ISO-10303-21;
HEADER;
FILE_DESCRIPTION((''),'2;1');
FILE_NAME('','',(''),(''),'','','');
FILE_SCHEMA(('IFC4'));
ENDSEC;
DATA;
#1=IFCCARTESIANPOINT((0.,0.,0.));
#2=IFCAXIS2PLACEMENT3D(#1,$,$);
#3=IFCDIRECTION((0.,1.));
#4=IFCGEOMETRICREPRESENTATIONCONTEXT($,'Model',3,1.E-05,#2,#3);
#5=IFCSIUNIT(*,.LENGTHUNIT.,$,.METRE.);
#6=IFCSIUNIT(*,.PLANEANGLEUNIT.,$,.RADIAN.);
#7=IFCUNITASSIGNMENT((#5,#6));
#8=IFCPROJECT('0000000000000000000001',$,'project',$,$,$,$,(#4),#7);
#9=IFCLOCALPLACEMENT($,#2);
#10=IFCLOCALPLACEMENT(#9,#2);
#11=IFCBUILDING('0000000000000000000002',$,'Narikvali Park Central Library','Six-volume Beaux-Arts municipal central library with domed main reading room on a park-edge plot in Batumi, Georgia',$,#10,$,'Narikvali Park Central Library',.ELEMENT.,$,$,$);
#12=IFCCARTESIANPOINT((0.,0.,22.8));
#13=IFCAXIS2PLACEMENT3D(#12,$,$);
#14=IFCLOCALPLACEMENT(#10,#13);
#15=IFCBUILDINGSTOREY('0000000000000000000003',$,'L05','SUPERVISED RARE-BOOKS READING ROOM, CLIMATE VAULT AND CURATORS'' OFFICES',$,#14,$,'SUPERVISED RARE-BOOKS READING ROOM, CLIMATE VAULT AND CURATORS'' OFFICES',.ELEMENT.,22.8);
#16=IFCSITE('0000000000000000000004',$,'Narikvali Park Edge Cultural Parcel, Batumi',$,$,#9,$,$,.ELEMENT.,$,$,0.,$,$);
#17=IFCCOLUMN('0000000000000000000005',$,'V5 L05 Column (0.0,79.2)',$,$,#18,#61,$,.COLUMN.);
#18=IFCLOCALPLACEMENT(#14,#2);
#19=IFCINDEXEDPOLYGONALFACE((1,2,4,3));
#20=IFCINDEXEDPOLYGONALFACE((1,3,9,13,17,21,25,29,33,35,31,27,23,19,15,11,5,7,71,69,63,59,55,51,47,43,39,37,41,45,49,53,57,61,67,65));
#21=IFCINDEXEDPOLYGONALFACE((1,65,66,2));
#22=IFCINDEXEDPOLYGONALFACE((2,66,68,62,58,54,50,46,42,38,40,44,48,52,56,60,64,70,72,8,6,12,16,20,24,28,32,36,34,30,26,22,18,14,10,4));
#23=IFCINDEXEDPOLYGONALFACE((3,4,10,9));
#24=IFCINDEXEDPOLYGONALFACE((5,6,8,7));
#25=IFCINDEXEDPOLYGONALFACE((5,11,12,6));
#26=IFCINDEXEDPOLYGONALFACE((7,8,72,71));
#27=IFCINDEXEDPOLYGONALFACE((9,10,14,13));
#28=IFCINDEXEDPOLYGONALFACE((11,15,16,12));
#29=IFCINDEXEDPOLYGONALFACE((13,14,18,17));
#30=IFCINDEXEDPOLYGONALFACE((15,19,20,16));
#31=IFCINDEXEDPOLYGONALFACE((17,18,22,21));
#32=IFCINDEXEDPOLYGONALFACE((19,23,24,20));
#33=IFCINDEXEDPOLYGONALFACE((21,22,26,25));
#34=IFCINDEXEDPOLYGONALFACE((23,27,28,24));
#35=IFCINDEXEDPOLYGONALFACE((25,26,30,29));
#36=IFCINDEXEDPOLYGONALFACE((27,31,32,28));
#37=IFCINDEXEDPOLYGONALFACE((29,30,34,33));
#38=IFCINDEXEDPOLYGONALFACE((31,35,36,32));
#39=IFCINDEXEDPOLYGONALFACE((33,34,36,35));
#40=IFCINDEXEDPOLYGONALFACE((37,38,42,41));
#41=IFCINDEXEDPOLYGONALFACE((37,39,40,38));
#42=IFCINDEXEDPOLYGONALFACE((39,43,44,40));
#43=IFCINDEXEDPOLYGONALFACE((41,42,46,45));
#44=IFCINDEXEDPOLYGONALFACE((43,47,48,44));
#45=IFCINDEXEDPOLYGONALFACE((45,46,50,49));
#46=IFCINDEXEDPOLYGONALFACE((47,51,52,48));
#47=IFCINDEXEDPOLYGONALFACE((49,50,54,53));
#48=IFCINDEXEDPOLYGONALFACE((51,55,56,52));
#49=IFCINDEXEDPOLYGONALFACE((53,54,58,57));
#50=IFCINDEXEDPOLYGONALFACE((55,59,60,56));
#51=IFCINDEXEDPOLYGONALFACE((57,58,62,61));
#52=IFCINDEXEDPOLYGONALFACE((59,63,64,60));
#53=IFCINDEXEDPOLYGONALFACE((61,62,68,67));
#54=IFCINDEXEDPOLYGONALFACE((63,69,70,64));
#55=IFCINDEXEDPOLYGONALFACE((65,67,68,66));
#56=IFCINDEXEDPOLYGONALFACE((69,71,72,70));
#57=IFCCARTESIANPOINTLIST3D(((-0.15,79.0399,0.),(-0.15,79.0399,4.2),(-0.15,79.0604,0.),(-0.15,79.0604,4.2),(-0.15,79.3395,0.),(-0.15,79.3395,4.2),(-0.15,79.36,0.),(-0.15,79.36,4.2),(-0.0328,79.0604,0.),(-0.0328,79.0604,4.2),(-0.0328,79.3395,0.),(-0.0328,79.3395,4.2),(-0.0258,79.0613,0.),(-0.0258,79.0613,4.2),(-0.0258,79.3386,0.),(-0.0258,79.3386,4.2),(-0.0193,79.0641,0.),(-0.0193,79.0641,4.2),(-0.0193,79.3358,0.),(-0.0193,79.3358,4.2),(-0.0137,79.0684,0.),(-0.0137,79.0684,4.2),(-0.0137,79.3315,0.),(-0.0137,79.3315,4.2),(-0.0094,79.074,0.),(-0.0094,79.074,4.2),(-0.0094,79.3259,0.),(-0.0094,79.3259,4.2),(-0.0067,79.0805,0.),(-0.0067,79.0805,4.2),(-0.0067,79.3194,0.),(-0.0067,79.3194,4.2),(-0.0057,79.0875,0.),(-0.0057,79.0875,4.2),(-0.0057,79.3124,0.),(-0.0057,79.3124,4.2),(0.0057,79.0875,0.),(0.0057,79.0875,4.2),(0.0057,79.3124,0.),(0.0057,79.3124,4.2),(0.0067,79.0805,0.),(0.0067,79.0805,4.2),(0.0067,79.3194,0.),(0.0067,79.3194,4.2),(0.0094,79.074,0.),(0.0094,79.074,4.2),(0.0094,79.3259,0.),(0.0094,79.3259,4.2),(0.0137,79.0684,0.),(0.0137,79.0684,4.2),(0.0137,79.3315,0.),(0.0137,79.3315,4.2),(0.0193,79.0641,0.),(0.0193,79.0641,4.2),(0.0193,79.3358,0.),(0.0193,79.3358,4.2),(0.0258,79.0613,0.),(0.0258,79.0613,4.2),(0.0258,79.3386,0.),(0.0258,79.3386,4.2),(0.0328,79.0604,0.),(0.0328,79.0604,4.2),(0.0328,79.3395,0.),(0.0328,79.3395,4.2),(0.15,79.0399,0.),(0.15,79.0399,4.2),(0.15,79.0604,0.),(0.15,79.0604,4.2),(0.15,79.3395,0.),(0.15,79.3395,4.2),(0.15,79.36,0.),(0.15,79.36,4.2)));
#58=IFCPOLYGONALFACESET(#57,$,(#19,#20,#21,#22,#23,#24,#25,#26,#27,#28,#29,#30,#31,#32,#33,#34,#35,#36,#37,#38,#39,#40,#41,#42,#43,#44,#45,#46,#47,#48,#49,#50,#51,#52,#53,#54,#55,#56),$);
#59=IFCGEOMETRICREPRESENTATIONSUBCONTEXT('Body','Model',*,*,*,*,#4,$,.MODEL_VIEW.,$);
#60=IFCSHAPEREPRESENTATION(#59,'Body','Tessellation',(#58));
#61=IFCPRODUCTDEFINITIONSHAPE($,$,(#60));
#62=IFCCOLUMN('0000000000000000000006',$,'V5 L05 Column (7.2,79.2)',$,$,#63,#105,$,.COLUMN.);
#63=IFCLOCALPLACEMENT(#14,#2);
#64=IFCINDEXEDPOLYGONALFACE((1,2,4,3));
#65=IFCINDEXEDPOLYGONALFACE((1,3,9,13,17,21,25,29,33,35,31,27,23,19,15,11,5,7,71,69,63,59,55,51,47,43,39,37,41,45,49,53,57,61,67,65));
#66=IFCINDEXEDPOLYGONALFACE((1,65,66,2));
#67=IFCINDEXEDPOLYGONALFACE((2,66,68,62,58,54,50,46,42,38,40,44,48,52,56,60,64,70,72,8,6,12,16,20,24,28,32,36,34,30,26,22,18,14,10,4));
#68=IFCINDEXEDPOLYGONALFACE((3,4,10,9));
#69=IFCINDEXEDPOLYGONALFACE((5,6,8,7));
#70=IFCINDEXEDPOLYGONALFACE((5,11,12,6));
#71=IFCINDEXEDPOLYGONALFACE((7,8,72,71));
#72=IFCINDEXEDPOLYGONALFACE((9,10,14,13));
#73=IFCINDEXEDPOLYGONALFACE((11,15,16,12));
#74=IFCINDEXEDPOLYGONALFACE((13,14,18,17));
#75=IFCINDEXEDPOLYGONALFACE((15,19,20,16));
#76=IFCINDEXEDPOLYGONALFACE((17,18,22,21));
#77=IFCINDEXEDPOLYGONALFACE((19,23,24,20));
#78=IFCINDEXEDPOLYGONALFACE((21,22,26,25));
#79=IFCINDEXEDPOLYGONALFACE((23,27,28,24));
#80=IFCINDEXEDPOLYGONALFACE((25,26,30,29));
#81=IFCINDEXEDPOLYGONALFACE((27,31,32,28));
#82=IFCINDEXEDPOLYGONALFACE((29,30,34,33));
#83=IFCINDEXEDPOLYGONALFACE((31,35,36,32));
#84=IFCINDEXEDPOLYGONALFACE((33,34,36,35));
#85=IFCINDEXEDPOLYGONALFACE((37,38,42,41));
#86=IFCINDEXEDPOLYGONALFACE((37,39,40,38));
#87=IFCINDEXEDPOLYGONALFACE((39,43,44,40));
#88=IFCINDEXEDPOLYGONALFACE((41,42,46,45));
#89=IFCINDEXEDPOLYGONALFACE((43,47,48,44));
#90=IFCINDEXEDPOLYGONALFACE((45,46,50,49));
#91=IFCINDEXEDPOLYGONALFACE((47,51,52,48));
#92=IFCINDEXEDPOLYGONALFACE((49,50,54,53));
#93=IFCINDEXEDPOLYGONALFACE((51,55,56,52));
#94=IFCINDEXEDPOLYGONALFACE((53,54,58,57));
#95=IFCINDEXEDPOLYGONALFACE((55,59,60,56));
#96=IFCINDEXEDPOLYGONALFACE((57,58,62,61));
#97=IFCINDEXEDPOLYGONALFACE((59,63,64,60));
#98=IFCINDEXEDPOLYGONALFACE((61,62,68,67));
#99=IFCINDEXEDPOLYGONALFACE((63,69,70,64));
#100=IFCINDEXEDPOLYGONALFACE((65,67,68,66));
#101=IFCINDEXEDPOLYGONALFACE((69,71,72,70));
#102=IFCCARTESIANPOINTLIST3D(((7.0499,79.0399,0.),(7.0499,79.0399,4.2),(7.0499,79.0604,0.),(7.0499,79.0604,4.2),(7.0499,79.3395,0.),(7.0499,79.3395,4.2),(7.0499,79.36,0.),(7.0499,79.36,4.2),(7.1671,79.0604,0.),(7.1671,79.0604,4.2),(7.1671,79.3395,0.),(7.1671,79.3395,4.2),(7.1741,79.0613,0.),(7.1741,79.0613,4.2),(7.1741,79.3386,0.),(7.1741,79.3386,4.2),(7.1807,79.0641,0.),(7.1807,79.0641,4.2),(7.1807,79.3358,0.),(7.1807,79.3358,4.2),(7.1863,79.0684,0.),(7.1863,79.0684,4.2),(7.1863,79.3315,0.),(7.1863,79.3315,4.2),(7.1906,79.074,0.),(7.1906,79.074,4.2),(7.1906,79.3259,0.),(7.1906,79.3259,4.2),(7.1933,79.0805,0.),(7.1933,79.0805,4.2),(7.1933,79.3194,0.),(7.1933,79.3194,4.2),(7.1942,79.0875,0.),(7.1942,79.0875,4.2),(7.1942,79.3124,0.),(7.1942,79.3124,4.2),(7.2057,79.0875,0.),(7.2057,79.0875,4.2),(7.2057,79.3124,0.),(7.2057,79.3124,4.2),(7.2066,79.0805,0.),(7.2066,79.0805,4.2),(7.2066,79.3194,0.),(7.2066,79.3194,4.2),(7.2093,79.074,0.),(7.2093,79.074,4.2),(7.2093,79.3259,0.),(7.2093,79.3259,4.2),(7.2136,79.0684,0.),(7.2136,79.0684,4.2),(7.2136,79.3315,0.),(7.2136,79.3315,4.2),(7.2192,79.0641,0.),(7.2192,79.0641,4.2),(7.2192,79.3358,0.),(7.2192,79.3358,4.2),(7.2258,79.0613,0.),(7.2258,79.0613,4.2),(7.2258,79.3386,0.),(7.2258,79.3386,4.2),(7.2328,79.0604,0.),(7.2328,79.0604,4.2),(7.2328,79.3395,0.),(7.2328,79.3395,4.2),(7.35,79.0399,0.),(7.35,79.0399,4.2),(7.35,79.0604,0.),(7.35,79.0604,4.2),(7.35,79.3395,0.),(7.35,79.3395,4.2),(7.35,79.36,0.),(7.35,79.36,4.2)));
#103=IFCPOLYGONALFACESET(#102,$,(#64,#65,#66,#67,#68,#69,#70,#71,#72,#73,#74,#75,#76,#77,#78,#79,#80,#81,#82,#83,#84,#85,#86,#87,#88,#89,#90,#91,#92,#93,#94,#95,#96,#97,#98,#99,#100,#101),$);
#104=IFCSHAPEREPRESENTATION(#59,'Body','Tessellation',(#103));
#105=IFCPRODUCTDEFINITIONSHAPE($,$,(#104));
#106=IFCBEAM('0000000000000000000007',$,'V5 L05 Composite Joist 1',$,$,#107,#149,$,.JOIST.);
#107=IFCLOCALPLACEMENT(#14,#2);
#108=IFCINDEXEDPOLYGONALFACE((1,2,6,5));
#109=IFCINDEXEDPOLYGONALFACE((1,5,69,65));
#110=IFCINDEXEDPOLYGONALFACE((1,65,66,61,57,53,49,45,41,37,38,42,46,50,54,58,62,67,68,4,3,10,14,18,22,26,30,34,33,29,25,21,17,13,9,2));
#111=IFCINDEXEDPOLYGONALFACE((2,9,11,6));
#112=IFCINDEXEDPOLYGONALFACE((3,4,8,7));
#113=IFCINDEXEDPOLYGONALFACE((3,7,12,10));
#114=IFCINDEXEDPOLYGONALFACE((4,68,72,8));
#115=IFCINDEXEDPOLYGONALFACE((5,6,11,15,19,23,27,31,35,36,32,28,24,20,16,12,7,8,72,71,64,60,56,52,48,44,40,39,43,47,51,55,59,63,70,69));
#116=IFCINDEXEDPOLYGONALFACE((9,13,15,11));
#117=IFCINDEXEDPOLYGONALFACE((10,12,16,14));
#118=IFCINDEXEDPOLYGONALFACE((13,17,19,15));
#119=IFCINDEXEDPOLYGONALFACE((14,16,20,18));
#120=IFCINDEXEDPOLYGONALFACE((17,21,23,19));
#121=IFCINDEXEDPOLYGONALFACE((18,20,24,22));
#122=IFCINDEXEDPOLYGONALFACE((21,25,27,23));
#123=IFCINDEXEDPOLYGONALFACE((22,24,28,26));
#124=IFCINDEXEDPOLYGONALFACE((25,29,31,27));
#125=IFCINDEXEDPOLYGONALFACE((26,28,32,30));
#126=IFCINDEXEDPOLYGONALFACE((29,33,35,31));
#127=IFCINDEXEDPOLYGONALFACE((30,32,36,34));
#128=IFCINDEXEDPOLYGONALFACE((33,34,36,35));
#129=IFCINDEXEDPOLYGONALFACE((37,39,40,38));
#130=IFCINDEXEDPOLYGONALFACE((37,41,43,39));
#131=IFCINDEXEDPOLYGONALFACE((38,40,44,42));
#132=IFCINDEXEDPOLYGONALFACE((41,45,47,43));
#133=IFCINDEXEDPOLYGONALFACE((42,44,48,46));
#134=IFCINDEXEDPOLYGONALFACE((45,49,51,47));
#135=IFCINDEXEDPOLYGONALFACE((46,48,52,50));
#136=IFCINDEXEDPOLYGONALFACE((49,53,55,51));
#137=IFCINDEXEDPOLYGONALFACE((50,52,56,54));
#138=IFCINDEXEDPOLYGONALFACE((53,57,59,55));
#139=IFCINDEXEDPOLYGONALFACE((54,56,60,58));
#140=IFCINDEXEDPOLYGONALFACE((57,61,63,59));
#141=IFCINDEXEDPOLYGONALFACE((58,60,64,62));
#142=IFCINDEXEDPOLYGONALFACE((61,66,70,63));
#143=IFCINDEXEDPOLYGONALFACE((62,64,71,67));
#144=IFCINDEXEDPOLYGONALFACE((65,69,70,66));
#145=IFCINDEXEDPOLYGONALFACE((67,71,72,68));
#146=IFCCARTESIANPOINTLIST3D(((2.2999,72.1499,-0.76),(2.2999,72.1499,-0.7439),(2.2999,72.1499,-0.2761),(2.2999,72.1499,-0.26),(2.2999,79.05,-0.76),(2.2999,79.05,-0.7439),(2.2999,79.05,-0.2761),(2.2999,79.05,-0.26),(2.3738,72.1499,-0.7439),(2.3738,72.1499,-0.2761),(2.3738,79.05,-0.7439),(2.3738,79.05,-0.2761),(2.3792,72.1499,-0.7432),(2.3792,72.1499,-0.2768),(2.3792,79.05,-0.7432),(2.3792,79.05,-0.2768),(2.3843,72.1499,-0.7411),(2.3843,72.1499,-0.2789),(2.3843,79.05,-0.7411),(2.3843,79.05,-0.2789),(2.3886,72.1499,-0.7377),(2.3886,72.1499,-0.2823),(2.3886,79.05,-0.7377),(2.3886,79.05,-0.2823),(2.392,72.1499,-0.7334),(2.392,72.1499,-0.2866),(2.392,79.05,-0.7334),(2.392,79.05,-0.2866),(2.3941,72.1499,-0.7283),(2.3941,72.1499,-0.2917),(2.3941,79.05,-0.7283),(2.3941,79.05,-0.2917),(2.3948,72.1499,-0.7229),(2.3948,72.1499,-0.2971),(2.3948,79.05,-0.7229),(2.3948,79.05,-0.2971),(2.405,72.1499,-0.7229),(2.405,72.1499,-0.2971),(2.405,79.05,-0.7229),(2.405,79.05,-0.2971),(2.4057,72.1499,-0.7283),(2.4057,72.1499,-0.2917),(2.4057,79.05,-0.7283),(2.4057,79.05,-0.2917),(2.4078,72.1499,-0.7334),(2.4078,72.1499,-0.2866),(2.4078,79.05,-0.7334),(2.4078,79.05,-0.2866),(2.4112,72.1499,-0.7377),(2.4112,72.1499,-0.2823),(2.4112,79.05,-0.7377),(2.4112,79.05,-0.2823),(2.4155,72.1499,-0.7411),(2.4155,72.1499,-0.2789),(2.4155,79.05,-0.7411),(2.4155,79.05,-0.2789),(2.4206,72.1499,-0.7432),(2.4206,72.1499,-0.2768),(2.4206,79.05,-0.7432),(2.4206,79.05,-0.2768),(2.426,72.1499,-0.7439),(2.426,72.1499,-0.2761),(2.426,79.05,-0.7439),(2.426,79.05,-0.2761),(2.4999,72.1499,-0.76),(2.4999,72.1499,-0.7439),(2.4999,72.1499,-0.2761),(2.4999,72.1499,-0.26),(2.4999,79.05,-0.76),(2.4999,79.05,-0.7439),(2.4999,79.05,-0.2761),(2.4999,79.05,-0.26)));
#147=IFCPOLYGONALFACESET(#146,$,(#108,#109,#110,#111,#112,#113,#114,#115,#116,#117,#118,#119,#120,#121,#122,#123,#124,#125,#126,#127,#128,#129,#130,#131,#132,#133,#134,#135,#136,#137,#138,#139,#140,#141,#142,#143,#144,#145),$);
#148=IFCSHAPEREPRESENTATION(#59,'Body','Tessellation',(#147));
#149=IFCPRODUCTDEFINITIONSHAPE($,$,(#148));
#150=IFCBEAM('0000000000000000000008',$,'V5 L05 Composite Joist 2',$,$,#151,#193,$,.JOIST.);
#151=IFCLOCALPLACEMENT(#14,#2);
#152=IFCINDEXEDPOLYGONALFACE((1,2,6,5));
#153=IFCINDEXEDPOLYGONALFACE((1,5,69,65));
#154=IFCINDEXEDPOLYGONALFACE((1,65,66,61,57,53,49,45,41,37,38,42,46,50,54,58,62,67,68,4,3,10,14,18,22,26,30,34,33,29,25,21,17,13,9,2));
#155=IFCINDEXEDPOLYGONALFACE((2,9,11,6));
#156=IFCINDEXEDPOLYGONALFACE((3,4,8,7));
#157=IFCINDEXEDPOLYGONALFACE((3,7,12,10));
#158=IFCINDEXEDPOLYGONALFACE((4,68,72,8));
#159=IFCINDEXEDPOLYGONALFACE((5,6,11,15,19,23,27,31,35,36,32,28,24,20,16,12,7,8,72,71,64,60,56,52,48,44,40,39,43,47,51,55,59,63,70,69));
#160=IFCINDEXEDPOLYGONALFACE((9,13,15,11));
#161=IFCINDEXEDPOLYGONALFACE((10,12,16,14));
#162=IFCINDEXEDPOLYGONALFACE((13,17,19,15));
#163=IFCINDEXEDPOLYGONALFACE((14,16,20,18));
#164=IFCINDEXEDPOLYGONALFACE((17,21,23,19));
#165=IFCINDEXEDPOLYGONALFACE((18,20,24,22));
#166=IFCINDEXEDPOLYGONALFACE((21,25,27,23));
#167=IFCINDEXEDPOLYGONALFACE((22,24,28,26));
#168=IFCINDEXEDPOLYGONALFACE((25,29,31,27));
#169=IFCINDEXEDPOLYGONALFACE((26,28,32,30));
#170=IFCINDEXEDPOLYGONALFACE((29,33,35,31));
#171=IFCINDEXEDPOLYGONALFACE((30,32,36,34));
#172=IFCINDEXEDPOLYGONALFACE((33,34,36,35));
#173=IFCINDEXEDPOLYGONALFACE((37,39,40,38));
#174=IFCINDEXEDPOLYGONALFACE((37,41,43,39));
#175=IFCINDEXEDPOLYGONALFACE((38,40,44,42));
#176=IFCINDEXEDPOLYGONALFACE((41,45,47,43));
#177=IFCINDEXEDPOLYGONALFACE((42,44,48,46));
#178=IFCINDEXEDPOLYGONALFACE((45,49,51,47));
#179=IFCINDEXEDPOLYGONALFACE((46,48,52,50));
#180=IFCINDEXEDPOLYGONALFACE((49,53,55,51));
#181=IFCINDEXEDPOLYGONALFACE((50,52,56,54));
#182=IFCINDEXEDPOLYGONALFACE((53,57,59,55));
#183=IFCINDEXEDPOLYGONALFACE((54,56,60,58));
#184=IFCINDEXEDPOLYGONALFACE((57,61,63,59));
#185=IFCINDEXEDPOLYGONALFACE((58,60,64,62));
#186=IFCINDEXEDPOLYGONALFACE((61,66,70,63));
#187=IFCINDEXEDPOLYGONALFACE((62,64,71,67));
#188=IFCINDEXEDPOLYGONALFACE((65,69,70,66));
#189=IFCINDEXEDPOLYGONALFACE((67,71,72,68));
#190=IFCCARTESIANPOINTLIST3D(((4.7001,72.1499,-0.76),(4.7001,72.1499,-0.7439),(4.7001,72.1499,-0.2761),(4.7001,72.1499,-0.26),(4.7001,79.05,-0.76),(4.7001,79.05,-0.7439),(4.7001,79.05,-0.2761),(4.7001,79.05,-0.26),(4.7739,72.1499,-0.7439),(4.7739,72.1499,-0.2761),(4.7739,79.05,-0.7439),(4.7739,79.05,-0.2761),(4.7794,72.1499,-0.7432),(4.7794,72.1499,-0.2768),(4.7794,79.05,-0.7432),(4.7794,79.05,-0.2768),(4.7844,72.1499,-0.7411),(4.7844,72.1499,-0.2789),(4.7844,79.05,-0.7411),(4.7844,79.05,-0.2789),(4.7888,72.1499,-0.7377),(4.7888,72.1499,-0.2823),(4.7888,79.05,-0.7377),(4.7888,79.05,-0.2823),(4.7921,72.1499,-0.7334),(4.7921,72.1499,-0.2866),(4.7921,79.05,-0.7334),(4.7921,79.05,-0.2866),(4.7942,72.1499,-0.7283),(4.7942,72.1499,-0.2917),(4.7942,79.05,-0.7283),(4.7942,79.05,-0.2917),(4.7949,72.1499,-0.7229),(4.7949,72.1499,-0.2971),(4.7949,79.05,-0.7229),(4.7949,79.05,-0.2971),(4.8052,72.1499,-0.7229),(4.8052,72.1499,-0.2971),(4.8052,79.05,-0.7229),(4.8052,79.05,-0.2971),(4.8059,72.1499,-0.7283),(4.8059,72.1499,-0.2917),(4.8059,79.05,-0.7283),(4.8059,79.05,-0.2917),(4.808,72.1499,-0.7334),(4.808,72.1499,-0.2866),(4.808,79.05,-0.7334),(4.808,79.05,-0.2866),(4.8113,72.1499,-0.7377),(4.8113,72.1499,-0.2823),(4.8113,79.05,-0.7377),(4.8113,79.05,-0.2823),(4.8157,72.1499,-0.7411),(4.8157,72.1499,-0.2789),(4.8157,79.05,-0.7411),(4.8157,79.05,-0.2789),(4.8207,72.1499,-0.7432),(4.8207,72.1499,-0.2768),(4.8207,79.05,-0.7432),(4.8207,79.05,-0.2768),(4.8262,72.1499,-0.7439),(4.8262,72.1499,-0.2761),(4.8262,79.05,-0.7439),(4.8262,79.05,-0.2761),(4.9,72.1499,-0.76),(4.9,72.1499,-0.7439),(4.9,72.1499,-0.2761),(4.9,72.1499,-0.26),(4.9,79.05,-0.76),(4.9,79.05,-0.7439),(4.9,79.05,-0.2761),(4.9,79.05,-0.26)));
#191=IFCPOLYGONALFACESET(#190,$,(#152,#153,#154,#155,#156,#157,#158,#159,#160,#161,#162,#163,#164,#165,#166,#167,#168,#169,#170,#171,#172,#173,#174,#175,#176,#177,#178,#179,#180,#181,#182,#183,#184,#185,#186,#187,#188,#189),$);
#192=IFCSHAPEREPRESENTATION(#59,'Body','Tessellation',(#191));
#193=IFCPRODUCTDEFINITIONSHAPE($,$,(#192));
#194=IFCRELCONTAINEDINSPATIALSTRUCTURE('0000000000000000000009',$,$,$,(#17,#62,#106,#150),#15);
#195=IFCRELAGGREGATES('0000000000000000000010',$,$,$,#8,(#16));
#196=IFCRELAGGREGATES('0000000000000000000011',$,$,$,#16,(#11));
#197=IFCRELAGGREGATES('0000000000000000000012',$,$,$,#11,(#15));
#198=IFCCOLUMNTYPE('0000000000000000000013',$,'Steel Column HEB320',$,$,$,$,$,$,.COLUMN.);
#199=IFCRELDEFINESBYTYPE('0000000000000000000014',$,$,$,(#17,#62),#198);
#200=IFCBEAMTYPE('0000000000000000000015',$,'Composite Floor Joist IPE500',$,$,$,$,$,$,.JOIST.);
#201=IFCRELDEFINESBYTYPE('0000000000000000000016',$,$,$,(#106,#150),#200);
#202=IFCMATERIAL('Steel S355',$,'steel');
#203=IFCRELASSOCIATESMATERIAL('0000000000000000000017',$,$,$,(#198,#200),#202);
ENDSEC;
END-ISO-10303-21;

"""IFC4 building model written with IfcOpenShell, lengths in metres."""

from ifc_helpers import new_model, si_unit, direction, frame, origin, origin_2d, place, context, subcontext, project, spatial, i_section, extrude, material, material_profile, profile_set, type_object, element, save


model = new_model("IFC4")

# Units and contexts
model_context = context("Model", 3, precision=1e-05, world=origin(), true_north=direction((0.0, 1.0)))
body_context = subcontext(model_context, "Body", "Model", "MODEL_VIEW")
ifc_project = project(units=[si_unit("LENGTHUNIT", "METRE"), si_unit("PLANEANGLEUNIT", "RADIAN")], contexts=[model_context])

# Site, building, storey
site_placement = place(None, origin())
site = spatial("IfcSite", under=ifc_project, at=site_placement, Name="Narikvali Park Edge Cultural Parcel, Batumi", CompositionType="ELEMENT", RefElevation=0.0)
building_placement = place(site_placement, origin())
building = spatial("IfcBuilding", under=site, at=building_placement, Name="Narikvali Park Central Library", Description="Six-volume Beaux-Arts municipal central library with domed main reading room on a park-edge plot in Batumi, Georgia", LongName="Narikvali Park Central Library", CompositionType="ELEMENT")
storey_placement = place(building_placement, frame((0.0, 0.0, 22.8)))
storey = spatial("IfcBuildingStorey", under=building, at=storey_placement, Name="L05", Description="SUPERVISED RARE-BOOKS READING ROOM, CLIMATE VAULT AND CURATORS' OFFICES", LongName="SUPERVISED RARE-BOOKS READING ROOM, CLIMATE VAULT AND CURATORS' OFFICES", CompositionType="ELEMENT", Elevation=22.8)

# Columns
ifc_material_1 = material(Name="Steel S355", Category="steel")
ifc_material_profile_1 = material_profile(ifc_material_1, i_section(OverallWidth=0.3, OverallDepth=0.3201, WebThickness=0.0115, FlangeThickness=0.0205, FilletRadius=0.0271, at=origin_2d()), Name="HEB 320")
ifc_profile_set_1 = profile_set([ifc_material_profile_1], Name="Steel S355")
column_type = type_object("IfcColumnType", Name="Steel Column HEB320", PredefinedType="COLUMN", material=ifc_profile_set_1)
for number, where, z_axis, x_axis, name in (
    (1, (0.0, 79.2, 0.0), (0.0, 0.0, 1.0), (1.0, 0.0, 0.0), "V5 L05 Column (0.0,79.2)"),
    (2, (7.2, 79.2, 0.0), (0.0, 0.0, 1.0), (1.0, 0.0, 0.0), "V5 L05 Column (7.2,79.2)"),
):
    element("IfcColumn", number, at=place(storey_placement, frame(where, z_axis=z_axis, x_axis=x_axis)), inside=storey, type_object=column_type, Name=name, PredefinedType="COLUMN", context=body_context, shape_type="SweptSolid", body=[
        extrude(i_section(OverallWidth=0.3, OverallDepth=0.3201, WebThickness=0.0115, FlangeThickness=0.0205, FilletRadius=0.0271, at=origin_2d()), origin(), (0.0, 0.0, 1.0), 4.2),
    ])

# Beams
ifc_material_profile_2 = material_profile(ifc_material_1, i_section(OverallWidth=0.2, OverallDepth=0.5, WebThickness=0.0103, FlangeThickness=0.0161, FilletRadius=0.021, at=origin_2d()), Name="IPE 500")
ifc_profile_set_2 = profile_set([ifc_material_profile_2], Name="Steel S355")
beam_type_1 = type_object("IfcBeamType", Name="Composite Floor Joist IPE500", PredefinedType="JOIST", material=ifc_profile_set_2)
for number, where, z_axis, x_axis, name in (
    (3, (2.3999, 72.1499, -0.51), (0.0, 1.0, 0.0), (-1.0, 0.0, 0.0), "V5 L05 Composite Joist 1"),
    (4, (4.8, 72.1499, -0.51), (0.0, 1.0, 0.0), (-1.0, 0.0, 0.0), "V5 L05 Composite Joist 2"),
):
    element("IfcBeam", number, at=place(storey_placement, frame(where, z_axis=z_axis, x_axis=x_axis)), inside=storey, type_object=beam_type_1, Name=name, PredefinedType="JOIST", context=body_context, shape_type="SweptSolid", body=[
        extrude(i_section(OverallWidth=0.2, OverallDepth=0.5, WebThickness=0.0103, FlangeThickness=0.0161, FilletRadius=0.021, at=origin_2d()), origin(), (0.0, 0.0, 1.0), 6.9001),
    ])

save(model, "model.ifc")
